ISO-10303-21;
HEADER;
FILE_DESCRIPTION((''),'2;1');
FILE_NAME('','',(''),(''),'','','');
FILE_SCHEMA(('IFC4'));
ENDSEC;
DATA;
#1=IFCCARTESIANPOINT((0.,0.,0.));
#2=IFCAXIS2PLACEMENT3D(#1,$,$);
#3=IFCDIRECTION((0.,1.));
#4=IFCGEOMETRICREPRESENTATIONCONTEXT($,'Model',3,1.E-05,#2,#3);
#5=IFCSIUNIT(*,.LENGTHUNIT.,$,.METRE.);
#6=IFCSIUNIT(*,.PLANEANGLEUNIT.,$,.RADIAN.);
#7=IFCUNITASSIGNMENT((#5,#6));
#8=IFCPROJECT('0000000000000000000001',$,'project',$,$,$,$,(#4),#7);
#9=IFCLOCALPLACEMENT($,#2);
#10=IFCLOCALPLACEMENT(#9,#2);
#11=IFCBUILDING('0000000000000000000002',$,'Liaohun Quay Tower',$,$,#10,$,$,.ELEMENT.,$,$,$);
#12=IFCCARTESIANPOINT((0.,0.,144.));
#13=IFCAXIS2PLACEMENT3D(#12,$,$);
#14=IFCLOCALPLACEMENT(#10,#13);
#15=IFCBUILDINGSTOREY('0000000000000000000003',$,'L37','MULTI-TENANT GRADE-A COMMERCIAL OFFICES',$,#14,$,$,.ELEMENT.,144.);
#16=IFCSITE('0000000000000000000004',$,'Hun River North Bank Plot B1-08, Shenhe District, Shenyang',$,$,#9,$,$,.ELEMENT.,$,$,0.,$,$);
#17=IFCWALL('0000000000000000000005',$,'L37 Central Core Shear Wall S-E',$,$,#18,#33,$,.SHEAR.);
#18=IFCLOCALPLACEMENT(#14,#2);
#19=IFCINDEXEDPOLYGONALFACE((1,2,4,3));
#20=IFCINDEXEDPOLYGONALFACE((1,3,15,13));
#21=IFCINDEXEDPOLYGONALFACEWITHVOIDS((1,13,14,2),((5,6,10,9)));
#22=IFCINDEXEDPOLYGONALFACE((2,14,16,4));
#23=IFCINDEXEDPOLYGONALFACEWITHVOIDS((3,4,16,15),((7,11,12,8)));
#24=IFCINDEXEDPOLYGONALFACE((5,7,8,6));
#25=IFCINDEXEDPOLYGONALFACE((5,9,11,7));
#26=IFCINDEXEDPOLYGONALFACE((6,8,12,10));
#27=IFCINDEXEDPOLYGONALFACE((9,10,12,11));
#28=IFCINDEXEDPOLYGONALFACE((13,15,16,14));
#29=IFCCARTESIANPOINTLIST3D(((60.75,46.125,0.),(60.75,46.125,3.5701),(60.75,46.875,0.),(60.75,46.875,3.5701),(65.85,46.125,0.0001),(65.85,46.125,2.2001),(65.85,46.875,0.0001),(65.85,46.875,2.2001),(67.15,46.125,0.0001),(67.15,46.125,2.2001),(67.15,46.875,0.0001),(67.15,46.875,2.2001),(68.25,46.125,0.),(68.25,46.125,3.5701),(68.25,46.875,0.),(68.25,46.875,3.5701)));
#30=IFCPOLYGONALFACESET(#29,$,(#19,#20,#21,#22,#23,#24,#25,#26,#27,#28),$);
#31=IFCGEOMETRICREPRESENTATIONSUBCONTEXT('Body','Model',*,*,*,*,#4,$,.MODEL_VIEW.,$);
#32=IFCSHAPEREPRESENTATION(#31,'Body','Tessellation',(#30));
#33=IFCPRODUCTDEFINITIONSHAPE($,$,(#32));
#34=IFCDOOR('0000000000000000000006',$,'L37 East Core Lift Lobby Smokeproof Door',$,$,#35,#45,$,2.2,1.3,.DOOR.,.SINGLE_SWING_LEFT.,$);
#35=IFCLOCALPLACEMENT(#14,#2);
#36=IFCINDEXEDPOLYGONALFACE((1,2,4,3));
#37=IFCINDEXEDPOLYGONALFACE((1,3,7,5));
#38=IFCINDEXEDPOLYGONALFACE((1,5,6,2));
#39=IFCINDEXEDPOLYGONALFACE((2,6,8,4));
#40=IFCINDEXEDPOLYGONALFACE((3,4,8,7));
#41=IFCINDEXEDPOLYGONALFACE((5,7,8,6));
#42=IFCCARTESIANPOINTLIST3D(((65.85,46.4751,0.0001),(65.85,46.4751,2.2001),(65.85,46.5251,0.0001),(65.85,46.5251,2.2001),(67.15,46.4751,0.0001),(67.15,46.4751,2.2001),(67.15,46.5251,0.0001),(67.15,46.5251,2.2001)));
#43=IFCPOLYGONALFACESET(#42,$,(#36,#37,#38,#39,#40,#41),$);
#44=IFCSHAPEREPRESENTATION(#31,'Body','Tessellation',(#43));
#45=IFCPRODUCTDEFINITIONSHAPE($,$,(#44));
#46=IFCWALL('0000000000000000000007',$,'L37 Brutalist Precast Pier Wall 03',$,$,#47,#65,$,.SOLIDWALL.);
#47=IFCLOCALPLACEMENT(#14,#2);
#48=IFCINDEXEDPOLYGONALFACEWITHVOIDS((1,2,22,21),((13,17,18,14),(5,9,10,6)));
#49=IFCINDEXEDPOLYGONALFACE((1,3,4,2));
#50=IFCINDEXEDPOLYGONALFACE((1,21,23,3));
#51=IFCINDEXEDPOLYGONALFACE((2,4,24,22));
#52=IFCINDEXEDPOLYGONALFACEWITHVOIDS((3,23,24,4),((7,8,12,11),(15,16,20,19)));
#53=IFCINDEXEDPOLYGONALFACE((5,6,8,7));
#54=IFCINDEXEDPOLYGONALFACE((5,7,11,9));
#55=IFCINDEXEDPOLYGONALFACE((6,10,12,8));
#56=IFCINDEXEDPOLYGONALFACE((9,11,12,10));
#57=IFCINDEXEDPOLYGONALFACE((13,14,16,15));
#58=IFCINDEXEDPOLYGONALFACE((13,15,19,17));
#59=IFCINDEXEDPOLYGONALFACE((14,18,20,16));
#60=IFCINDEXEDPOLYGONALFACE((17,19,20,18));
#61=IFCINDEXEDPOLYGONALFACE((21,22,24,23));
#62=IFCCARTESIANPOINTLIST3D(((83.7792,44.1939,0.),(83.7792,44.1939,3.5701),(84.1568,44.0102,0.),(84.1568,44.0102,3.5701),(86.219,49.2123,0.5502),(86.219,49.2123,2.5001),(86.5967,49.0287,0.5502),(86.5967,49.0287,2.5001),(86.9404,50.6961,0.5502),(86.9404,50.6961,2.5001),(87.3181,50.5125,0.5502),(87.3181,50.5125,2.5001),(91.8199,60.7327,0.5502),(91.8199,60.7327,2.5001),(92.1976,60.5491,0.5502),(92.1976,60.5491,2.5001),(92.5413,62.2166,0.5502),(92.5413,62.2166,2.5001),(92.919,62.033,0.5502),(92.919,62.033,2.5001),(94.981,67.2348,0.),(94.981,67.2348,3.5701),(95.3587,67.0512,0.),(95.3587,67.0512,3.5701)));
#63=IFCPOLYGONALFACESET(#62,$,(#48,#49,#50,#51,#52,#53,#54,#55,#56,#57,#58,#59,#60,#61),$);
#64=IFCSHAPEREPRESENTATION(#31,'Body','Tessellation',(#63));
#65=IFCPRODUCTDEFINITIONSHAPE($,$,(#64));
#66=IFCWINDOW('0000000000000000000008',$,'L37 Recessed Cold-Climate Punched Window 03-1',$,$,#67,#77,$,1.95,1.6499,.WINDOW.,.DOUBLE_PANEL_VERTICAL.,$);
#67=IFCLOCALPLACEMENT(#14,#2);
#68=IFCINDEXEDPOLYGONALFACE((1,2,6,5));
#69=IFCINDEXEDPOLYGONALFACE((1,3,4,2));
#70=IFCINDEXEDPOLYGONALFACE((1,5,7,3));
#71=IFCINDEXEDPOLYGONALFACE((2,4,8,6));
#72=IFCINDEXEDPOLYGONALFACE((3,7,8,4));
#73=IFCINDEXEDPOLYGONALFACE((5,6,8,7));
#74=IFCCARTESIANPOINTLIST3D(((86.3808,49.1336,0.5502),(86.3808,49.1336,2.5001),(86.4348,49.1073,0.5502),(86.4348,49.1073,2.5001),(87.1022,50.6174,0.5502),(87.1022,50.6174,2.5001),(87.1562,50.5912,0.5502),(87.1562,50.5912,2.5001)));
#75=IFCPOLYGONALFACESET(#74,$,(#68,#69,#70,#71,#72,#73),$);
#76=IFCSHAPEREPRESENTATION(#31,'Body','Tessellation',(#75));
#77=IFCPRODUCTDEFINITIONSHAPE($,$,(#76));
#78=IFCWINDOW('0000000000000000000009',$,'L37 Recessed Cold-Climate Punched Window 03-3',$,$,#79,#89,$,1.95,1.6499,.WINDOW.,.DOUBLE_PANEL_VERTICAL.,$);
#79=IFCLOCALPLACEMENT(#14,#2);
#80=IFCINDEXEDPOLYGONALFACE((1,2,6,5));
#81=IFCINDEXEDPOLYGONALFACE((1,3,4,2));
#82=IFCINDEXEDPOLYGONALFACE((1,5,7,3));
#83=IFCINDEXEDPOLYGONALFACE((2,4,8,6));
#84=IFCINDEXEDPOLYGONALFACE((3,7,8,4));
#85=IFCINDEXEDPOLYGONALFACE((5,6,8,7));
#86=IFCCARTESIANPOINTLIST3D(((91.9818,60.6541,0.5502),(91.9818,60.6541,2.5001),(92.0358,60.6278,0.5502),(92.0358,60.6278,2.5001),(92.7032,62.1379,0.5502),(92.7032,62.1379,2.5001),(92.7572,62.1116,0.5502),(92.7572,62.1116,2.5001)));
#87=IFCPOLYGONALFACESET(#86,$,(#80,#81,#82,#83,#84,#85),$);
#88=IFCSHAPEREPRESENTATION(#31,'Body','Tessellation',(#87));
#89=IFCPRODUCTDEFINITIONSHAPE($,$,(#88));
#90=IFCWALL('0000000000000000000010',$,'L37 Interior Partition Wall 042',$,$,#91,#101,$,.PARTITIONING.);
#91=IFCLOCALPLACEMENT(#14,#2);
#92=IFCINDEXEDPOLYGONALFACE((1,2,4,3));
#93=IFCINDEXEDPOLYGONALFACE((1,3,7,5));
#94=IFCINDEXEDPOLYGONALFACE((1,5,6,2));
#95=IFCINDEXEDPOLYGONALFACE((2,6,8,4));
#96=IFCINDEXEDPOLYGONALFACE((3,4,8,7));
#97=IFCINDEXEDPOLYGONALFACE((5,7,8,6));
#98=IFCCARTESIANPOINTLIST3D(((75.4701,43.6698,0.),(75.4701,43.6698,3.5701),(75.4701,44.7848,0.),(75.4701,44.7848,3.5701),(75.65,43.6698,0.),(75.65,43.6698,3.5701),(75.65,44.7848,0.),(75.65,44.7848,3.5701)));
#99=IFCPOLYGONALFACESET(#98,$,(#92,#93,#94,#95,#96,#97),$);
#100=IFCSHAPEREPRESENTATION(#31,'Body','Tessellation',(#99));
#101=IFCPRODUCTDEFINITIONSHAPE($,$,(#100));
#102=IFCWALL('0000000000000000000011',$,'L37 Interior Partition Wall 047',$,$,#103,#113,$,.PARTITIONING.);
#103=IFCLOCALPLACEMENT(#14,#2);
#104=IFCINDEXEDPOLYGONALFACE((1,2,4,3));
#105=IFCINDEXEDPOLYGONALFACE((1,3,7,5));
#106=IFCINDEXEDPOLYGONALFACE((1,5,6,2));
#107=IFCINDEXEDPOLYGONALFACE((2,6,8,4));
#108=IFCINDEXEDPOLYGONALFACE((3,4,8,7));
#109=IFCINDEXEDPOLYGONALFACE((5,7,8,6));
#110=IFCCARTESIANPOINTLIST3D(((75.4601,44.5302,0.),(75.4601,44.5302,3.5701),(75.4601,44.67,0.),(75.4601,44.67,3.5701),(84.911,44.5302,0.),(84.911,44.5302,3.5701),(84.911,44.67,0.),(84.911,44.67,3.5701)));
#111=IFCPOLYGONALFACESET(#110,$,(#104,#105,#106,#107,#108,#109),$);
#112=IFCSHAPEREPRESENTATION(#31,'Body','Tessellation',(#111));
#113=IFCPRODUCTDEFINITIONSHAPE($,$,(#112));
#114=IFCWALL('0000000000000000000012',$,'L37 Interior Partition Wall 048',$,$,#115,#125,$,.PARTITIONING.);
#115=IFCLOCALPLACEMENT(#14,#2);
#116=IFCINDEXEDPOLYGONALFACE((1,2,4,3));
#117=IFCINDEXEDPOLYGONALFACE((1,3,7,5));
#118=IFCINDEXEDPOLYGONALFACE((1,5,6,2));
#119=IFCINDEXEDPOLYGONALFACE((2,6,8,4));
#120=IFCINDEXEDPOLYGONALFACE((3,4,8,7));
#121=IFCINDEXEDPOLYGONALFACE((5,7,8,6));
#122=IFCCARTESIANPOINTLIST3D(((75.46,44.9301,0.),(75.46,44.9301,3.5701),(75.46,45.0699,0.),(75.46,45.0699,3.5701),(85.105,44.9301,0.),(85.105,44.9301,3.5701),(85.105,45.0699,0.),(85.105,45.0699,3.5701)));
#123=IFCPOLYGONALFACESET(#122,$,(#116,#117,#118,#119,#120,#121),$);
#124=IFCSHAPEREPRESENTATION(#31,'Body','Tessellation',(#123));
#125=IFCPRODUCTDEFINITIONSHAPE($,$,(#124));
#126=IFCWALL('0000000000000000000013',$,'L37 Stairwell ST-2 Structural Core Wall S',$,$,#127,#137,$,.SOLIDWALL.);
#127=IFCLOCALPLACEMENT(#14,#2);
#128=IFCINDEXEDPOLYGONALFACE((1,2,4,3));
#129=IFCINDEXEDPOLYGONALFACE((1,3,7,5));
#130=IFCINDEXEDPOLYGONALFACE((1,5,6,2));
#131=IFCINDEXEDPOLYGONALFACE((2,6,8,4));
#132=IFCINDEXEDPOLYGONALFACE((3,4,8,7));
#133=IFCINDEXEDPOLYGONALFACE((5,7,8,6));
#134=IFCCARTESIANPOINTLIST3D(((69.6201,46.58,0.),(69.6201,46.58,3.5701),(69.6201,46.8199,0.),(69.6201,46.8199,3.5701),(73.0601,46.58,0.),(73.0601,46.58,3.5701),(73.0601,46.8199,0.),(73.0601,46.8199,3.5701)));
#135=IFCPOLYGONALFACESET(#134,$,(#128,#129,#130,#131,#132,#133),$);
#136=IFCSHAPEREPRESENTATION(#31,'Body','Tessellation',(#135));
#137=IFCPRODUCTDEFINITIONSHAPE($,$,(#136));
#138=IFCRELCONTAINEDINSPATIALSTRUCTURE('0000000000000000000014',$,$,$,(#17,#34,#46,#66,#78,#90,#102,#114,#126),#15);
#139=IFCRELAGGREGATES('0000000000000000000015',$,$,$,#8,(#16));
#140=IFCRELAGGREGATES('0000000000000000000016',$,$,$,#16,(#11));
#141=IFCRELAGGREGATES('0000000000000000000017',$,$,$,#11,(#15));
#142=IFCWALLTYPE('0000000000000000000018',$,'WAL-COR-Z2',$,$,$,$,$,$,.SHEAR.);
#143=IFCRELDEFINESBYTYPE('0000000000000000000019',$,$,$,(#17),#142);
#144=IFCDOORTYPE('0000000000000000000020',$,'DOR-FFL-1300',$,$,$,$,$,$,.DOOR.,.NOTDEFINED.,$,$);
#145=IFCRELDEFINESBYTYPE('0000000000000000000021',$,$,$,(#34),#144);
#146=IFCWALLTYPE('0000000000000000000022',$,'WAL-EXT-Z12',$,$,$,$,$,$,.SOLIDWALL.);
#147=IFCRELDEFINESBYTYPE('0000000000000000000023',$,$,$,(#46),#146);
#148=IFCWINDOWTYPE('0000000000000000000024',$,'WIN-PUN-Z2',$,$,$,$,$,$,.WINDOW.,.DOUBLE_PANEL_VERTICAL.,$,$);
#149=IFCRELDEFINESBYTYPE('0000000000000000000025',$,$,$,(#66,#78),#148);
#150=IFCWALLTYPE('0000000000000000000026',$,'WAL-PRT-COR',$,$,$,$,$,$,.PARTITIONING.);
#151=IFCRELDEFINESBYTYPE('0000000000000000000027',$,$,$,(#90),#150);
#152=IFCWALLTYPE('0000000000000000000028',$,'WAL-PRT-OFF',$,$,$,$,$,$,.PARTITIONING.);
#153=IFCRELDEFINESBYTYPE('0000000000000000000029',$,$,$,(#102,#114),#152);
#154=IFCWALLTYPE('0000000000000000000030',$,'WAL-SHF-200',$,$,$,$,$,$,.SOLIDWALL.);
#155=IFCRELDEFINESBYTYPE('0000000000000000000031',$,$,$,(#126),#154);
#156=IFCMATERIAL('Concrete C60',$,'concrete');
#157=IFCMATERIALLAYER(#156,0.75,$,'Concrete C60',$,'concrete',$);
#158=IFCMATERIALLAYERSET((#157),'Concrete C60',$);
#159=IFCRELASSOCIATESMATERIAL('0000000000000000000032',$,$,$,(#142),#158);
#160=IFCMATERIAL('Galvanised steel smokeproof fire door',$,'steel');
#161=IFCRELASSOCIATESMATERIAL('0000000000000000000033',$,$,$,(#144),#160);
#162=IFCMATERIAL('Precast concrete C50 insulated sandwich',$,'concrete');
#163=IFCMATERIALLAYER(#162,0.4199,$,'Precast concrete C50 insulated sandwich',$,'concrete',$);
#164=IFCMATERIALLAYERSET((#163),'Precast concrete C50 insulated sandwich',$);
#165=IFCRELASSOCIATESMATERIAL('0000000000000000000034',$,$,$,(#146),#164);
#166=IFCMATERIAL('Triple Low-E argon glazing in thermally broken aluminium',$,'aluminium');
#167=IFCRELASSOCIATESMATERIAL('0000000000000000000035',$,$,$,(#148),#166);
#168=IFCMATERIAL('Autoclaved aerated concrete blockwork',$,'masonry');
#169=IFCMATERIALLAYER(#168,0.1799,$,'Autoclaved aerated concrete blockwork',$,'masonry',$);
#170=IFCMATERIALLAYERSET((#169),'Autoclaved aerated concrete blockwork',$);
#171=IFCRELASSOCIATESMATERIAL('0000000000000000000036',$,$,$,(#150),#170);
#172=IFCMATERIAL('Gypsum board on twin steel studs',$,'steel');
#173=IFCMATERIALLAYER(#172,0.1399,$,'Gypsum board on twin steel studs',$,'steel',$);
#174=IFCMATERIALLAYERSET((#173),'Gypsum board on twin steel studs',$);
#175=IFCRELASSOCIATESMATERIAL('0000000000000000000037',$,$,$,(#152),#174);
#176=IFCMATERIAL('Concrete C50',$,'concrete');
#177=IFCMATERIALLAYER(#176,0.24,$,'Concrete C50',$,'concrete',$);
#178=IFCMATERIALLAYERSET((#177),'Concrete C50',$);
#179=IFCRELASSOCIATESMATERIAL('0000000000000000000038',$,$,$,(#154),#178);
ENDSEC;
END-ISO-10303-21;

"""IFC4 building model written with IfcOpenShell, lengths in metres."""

from ifc_helpers import new_model, si_unit, direction, frame, frame_2d, origin, place, context, subcontext, project, spatial, rectangle, extrude, source, transform, mapped, material, layer, layer_set, type_object, element, fill, save


model = new_model("IFC4")

# Units and contexts
model_context = context("Model", 3, precision=1e-05, world=origin(), true_north=direction((0.0, 1.0)))
body_context = subcontext(model_context, "Body", "Model", "MODEL_VIEW")
ifc_project = project(units=[si_unit("LENGTHUNIT", "METRE"), si_unit("PLANEANGLEUNIT", "RADIAN")], contexts=[model_context])

# Site, building, storey
site_placement = place(None, origin())
site = spatial("IfcSite", under=ifc_project, at=site_placement, Name="Hun River North Bank Plot B1-08, Shenhe District, Shenyang", CompositionType="ELEMENT", RefElevation=0.0)
building_placement = place(site_placement, origin())
building = spatial("IfcBuilding", under=site, at=building_placement, Name="Liaohun Quay Tower", CompositionType="ELEMENT")
storey_placement = place(building_placement, frame((0.0, 0.0, 144.0)))
storey = spatial("IfcBuildingStorey", under=building, at=storey_placement, Name="L37", Description="MULTI-TENANT GRADE-A COMMERCIAL OFFICES", CompositionType="ELEMENT", Elevation=144.0)

# Shared definitions
ifc_material_1 = material(Name="Concrete C60", Category="concrete")

# Wall, opening, door
ifc_layer_1 = layer(ifc_material_1, 0.75, Name="Concrete C60", Category="concrete")
ifc_layer_set_1 = layer_set([ifc_layer_1], Name="Concrete C60")
wall_type_1 = type_object("IfcWallType", Name="WAL-COR-Z2", PredefinedType="SHEAR", material=ifc_layer_set_1)
wall_1_placement = place(storey_placement, frame((68.25, 46.5, 0.0), z_axis=(0.0, 0.0, 1.0), x_axis=(-1.0, 0.0, 0.0)))
wall_1 = element("IfcWall", 1, at=wall_1_placement, inside=storey, type_object=wall_type_1, Name="L37 Central Core Shear Wall S-E", PredefinedType="SHEAR", context=body_context, shape_type="SweptSolid", body=[
    extrude(rectangle(XDim=7.5, YDim=0.75, at=frame_2d((3.75, 0.0))), origin(), (0.0, 0.0, 1.0), 3.5701),
])
shared_shape_1 = source(origin(), body_context, "Body", "SweptSolid", [
    extrude(rectangle(XDim=1.3, YDim=2.2, at=frame_2d((0.6499, 1.1001))), frame((0.0, 0.385, 0.0), z_axis=(0.0, -1.0, 0.0), x_axis=(1.0, 0.0, 0.0)), (0.0, 0.0, 1.0), 0.77),
])
opening_1_placement = place(wall_1_placement, frame((1.1001, 0.0, 0.0)))
opening_1 = element("IfcOpeningElement", 2, at=opening_1_placement, cuts=wall_1, PredefinedType="OPENING", context=body_context, shape_type="MappedRepresentation", body=[
    mapped(shared_shape_1, transform((0.0, 0.0, 0.0), x_axis=(1.0, 0.0, 0.0), y_axis=(0.0, 1.0, 0.0), z_axis=(0.0, 0.0, 1.0), scale=1.0)),
])
ifc_material_2 = material(Name="Galvanised steel smokeproof fire door", Category="steel")
door_type = type_object("IfcDoorType", Name="DOR-FFL-1300", OperationType="NOTDEFINED", PredefinedType="DOOR", material=ifc_material_2)
shared_shape_2 = source(origin(), body_context, "Body", "SweptSolid", [
    extrude(rectangle(XDim=1.3, YDim=2.2, at=frame_2d((0.6499, 1.1001))), frame((0.0, 0.0249, 0.0), z_axis=(0.0, -1.0, 0.0), x_axis=(1.0, 0.0, 0.0)), (0.0, 0.0, 1.0), 0.05),
])
door_placement = place(opening_1_placement, origin())
door = element("IfcDoor", 3, at=door_placement, inside=storey, type_object=door_type, Name="L37 East Core Lift Lobby Smokeproof Door", OperationType="SINGLE_SWING_LEFT", OverallHeight=2.2, OverallWidth=1.3, PredefinedType="DOOR", context=body_context, shape_type="MappedRepresentation", body=[
    mapped(shared_shape_2, transform((0.0, 0.0, 0.0), x_axis=(1.0, 0.0, 0.0), y_axis=(0.0, 1.0, 0.0), z_axis=(0.0, 0.0, 1.0), scale=1.0)),
])
fill(opening_1, door)

# Wall, openings, windows
ifc_material_3 = material(Name="Precast concrete C50 insulated sandwich", Category="concrete")
ifc_layer_2 = layer(ifc_material_3, 0.4199, Name="Precast concrete C50 insulated sandwich", Category="concrete")
ifc_layer_set_2 = layer_set([ifc_layer_2], Name="Precast concrete C50 insulated sandwich")
wall_type_2 = type_object("IfcWallType", Name="WAL-EXT-Z12", PredefinedType="SOLIDWALL", material=ifc_layer_set_2)
wall_2_placement = place(storey_placement, frame((83.968, 44.1021, 0.0), z_axis=(0.0, 0.0, 1.0), x_axis=(0.437237, 0.899346, 0.0)))
wall_2 = element("IfcWall", 4, at=wall_2_placement, inside=storey, type_object=wall_type_2, Name="L37 Brutalist Precast Pier Wall 03", PredefinedType="SOLIDWALL", context=body_context, shape_type="SweptSolid", body=[
    extrude(rectangle(XDim=25.6196, YDim=0.4199, at=frame_2d((12.8098, 0.0))), origin(), (0.0, 0.0, 1.0), 3.5701),
])
shared_shape_3 = source(origin(), body_context, "Body", "SweptSolid", [
    extrude(rectangle(XDim=1.6499, YDim=1.95, at=frame_2d((0.825, 0.9751))), frame((0.0, 0.22, 0.0), z_axis=(0.0, -1.0, 0.0), x_axis=(1.0, 0.0, 0.0)), (0.0, 0.0, 1.0), 0.4399),
])
opening_2_placement = place(wall_2_placement, frame((5.5801, 0.0, 0.55)))
opening_2 = element("IfcOpeningElement", 5, at=opening_2_placement, cuts=wall_2, PredefinedType="OPENING", context=body_context, shape_type="MappedRepresentation", body=[
    mapped(shared_shape_3, transform((0.0, 0.0, 0.0), x_axis=(1.0, 0.0, 0.0), y_axis=(0.0, 1.0, 0.0), z_axis=(0.0, 0.0, 1.0), scale=1.0)),
])
opening_3_placement = place(wall_2_placement, frame((18.3899, 0.0, 0.55)))
opening_3 = element("IfcOpeningElement", 6, at=opening_3_placement, cuts=wall_2, PredefinedType="OPENING", context=body_context, shape_type="MappedRepresentation", body=[
    mapped(shared_shape_3, transform((0.0, 0.0, 0.0), x_axis=(1.0, 0.0, 0.0), y_axis=(0.0, 1.0, 0.0), z_axis=(0.0, 0.0, 1.0), scale=1.0)),
])
ifc_material_4 = material(Name="Triple Low-E argon glazing in thermally broken aluminium", Category="aluminium")
window_type = type_object("IfcWindowType", Name="WIN-PUN-Z2", PartitioningType="DOUBLE_PANEL_VERTICAL", PredefinedType="WINDOW", material=ifc_material_4)
shared_shape_4 = source(origin(), body_context, "Body", "SweptSolid", [
    extrude(rectangle(XDim=1.6499, YDim=1.95, at=frame_2d((0.825, 0.9751))), frame((0.0, 0.03, 0.0), z_axis=(0.0, -1.0, 0.0), x_axis=(1.0, 0.0, 0.0)), (0.0, 0.0, 1.0), 0.0601),
])
window_1_placement = place(opening_2_placement, origin())
window_1 = element("IfcWindow", 7, at=window_1_placement, inside=storey, type_object=window_type, Name="L37 Recessed Cold-Climate Punched Window 03-1", OverallHeight=1.95, OverallWidth=1.6499, PartitioningType="DOUBLE_PANEL_VERTICAL", PredefinedType="WINDOW", context=body_context, shape_type="MappedRepresentation", body=[
    mapped(shared_shape_4, transform((0.0, 0.0, 0.0), x_axis=(1.0, 0.0, 0.0), y_axis=(0.0, 1.0, 0.0), z_axis=(0.0, 0.0, 1.0), scale=1.0)),
])
fill(opening_2, window_1)
window_2_placement = place(opening_3_placement, origin())
window_2 = element("IfcWindow", 8, at=window_2_placement, inside=storey, type_object=window_type, Name="L37 Recessed Cold-Climate Punched Window 03-3", OverallHeight=1.95, OverallWidth=1.6499, PartitioningType="DOUBLE_PANEL_VERTICAL", PredefinedType="WINDOW", context=body_context, shape_type="MappedRepresentation", body=[
    mapped(shared_shape_4, transform((0.0, 0.0, 0.0), x_axis=(1.0, 0.0, 0.0), y_axis=(0.0, 1.0, 0.0), z_axis=(0.0, 0.0, 1.0), scale=1.0)),
])
fill(opening_3, window_2)

# Walls
ifc_material_5 = material(Name="Autoclaved aerated concrete blockwork", Category="masonry")
ifc_layer_3 = layer(ifc_material_5, 0.1799, Name="Autoclaved aerated concrete blockwork", Category="masonry")
ifc_layer_set_3 = layer_set([ifc_layer_3], Name="Autoclaved aerated concrete blockwork")
wall_type_3 = type_object("IfcWallType", Name="WAL-PRT-COR", PredefinedType="PARTITIONING", material=ifc_layer_set_3)
wall_3_placement = place(storey_placement, frame((75.5601, 44.7849, 0.0), z_axis=(0.0, 0.0, 1.0), x_axis=(0.0, -1.0, 0.0)))
element("IfcWall", 9, at=wall_3_placement, inside=storey, type_object=wall_type_3, Name="L37 Interior Partition Wall 042", PredefinedType="PARTITIONING", context=body_context, shape_type="SweptSolid", body=[
    extrude(rectangle(XDim=1.115, YDim=0.1799, at=frame_2d((0.5576, 0.0))), origin(), (0.0, 0.0, 1.0), 3.5701),
])
ifc_material_6 = material(Name="Gypsum board on twin steel studs", Category="steel")
ifc_layer_4 = layer(ifc_material_6, 0.1399, Name="Gypsum board on twin steel studs", Category="steel")
ifc_layer_set_4 = layer_set([ifc_layer_4], Name="Gypsum board on twin steel studs")
wall_type_4 = type_object("IfcWallType", Name="WAL-PRT-OFF", PredefinedType="PARTITIONING", material=ifc_layer_set_4)
wall_4_placement = place(storey_placement, frame((75.46, 44.6001, 0.0), z_axis=(0.0, 0.0, 1.0), x_axis=(1.0, 0.0, 0.0)))
element("IfcWall", 10, at=wall_4_placement, inside=storey, type_object=wall_type_4, Name="L37 Interior Partition Wall 047", PredefinedType="PARTITIONING", context=body_context, shape_type="SweptSolid", body=[
    extrude(rectangle(XDim=9.4509, YDim=0.1399, at=frame_2d((4.7256, 0.0))), origin(), (0.0, 0.0, 1.0), 3.5701),
])
wall_5_placement = place(storey_placement, frame((75.46, 45.0, 0.0), z_axis=(0.0, 0.0, 1.0), x_axis=(1.0, 0.0, 0.0)))
element("IfcWall", 11, at=wall_5_placement, inside=storey, type_object=wall_type_4, Name="L37 Interior Partition Wall 048", PredefinedType="PARTITIONING", context=body_context, shape_type="SweptSolid", body=[
    extrude(rectangle(XDim=9.645, YDim=0.1399, at=frame_2d((4.8225, 0.0))), origin(), (0.0, 0.0, 1.0), 3.5701),
])
ifc_material_7 = material(Name="Concrete C50", Category="concrete")
ifc_layer_5 = layer(ifc_material_7, 0.24, Name="Concrete C50", Category="concrete")
ifc_layer_set_5 = layer_set([ifc_layer_5], Name="Concrete C50")
wall_type_5 = type_object("IfcWallType", Name="WAL-SHF-200", PredefinedType="SOLIDWALL", material=ifc_layer_set_5)
wall_6_placement = place(storey_placement, frame((69.6201, 46.7, 0.0), z_axis=(0.0, 0.0, 1.0), x_axis=(1.0, 0.0, 0.0)))
element("IfcWall", 12, at=wall_6_placement, inside=storey, type_object=wall_type_5, Name="L37 Stairwell ST-2 Structural Core Wall S", PredefinedType="SOLIDWALL", context=body_context, shape_type="SweptSolid", body=[
    extrude(rectangle(XDim=3.4399, YDim=0.24, at=frame_2d((1.72, 0.0))), origin(), (0.0, 0.0, 1.0), 3.5701),
])

save(model, "model.ifc")
